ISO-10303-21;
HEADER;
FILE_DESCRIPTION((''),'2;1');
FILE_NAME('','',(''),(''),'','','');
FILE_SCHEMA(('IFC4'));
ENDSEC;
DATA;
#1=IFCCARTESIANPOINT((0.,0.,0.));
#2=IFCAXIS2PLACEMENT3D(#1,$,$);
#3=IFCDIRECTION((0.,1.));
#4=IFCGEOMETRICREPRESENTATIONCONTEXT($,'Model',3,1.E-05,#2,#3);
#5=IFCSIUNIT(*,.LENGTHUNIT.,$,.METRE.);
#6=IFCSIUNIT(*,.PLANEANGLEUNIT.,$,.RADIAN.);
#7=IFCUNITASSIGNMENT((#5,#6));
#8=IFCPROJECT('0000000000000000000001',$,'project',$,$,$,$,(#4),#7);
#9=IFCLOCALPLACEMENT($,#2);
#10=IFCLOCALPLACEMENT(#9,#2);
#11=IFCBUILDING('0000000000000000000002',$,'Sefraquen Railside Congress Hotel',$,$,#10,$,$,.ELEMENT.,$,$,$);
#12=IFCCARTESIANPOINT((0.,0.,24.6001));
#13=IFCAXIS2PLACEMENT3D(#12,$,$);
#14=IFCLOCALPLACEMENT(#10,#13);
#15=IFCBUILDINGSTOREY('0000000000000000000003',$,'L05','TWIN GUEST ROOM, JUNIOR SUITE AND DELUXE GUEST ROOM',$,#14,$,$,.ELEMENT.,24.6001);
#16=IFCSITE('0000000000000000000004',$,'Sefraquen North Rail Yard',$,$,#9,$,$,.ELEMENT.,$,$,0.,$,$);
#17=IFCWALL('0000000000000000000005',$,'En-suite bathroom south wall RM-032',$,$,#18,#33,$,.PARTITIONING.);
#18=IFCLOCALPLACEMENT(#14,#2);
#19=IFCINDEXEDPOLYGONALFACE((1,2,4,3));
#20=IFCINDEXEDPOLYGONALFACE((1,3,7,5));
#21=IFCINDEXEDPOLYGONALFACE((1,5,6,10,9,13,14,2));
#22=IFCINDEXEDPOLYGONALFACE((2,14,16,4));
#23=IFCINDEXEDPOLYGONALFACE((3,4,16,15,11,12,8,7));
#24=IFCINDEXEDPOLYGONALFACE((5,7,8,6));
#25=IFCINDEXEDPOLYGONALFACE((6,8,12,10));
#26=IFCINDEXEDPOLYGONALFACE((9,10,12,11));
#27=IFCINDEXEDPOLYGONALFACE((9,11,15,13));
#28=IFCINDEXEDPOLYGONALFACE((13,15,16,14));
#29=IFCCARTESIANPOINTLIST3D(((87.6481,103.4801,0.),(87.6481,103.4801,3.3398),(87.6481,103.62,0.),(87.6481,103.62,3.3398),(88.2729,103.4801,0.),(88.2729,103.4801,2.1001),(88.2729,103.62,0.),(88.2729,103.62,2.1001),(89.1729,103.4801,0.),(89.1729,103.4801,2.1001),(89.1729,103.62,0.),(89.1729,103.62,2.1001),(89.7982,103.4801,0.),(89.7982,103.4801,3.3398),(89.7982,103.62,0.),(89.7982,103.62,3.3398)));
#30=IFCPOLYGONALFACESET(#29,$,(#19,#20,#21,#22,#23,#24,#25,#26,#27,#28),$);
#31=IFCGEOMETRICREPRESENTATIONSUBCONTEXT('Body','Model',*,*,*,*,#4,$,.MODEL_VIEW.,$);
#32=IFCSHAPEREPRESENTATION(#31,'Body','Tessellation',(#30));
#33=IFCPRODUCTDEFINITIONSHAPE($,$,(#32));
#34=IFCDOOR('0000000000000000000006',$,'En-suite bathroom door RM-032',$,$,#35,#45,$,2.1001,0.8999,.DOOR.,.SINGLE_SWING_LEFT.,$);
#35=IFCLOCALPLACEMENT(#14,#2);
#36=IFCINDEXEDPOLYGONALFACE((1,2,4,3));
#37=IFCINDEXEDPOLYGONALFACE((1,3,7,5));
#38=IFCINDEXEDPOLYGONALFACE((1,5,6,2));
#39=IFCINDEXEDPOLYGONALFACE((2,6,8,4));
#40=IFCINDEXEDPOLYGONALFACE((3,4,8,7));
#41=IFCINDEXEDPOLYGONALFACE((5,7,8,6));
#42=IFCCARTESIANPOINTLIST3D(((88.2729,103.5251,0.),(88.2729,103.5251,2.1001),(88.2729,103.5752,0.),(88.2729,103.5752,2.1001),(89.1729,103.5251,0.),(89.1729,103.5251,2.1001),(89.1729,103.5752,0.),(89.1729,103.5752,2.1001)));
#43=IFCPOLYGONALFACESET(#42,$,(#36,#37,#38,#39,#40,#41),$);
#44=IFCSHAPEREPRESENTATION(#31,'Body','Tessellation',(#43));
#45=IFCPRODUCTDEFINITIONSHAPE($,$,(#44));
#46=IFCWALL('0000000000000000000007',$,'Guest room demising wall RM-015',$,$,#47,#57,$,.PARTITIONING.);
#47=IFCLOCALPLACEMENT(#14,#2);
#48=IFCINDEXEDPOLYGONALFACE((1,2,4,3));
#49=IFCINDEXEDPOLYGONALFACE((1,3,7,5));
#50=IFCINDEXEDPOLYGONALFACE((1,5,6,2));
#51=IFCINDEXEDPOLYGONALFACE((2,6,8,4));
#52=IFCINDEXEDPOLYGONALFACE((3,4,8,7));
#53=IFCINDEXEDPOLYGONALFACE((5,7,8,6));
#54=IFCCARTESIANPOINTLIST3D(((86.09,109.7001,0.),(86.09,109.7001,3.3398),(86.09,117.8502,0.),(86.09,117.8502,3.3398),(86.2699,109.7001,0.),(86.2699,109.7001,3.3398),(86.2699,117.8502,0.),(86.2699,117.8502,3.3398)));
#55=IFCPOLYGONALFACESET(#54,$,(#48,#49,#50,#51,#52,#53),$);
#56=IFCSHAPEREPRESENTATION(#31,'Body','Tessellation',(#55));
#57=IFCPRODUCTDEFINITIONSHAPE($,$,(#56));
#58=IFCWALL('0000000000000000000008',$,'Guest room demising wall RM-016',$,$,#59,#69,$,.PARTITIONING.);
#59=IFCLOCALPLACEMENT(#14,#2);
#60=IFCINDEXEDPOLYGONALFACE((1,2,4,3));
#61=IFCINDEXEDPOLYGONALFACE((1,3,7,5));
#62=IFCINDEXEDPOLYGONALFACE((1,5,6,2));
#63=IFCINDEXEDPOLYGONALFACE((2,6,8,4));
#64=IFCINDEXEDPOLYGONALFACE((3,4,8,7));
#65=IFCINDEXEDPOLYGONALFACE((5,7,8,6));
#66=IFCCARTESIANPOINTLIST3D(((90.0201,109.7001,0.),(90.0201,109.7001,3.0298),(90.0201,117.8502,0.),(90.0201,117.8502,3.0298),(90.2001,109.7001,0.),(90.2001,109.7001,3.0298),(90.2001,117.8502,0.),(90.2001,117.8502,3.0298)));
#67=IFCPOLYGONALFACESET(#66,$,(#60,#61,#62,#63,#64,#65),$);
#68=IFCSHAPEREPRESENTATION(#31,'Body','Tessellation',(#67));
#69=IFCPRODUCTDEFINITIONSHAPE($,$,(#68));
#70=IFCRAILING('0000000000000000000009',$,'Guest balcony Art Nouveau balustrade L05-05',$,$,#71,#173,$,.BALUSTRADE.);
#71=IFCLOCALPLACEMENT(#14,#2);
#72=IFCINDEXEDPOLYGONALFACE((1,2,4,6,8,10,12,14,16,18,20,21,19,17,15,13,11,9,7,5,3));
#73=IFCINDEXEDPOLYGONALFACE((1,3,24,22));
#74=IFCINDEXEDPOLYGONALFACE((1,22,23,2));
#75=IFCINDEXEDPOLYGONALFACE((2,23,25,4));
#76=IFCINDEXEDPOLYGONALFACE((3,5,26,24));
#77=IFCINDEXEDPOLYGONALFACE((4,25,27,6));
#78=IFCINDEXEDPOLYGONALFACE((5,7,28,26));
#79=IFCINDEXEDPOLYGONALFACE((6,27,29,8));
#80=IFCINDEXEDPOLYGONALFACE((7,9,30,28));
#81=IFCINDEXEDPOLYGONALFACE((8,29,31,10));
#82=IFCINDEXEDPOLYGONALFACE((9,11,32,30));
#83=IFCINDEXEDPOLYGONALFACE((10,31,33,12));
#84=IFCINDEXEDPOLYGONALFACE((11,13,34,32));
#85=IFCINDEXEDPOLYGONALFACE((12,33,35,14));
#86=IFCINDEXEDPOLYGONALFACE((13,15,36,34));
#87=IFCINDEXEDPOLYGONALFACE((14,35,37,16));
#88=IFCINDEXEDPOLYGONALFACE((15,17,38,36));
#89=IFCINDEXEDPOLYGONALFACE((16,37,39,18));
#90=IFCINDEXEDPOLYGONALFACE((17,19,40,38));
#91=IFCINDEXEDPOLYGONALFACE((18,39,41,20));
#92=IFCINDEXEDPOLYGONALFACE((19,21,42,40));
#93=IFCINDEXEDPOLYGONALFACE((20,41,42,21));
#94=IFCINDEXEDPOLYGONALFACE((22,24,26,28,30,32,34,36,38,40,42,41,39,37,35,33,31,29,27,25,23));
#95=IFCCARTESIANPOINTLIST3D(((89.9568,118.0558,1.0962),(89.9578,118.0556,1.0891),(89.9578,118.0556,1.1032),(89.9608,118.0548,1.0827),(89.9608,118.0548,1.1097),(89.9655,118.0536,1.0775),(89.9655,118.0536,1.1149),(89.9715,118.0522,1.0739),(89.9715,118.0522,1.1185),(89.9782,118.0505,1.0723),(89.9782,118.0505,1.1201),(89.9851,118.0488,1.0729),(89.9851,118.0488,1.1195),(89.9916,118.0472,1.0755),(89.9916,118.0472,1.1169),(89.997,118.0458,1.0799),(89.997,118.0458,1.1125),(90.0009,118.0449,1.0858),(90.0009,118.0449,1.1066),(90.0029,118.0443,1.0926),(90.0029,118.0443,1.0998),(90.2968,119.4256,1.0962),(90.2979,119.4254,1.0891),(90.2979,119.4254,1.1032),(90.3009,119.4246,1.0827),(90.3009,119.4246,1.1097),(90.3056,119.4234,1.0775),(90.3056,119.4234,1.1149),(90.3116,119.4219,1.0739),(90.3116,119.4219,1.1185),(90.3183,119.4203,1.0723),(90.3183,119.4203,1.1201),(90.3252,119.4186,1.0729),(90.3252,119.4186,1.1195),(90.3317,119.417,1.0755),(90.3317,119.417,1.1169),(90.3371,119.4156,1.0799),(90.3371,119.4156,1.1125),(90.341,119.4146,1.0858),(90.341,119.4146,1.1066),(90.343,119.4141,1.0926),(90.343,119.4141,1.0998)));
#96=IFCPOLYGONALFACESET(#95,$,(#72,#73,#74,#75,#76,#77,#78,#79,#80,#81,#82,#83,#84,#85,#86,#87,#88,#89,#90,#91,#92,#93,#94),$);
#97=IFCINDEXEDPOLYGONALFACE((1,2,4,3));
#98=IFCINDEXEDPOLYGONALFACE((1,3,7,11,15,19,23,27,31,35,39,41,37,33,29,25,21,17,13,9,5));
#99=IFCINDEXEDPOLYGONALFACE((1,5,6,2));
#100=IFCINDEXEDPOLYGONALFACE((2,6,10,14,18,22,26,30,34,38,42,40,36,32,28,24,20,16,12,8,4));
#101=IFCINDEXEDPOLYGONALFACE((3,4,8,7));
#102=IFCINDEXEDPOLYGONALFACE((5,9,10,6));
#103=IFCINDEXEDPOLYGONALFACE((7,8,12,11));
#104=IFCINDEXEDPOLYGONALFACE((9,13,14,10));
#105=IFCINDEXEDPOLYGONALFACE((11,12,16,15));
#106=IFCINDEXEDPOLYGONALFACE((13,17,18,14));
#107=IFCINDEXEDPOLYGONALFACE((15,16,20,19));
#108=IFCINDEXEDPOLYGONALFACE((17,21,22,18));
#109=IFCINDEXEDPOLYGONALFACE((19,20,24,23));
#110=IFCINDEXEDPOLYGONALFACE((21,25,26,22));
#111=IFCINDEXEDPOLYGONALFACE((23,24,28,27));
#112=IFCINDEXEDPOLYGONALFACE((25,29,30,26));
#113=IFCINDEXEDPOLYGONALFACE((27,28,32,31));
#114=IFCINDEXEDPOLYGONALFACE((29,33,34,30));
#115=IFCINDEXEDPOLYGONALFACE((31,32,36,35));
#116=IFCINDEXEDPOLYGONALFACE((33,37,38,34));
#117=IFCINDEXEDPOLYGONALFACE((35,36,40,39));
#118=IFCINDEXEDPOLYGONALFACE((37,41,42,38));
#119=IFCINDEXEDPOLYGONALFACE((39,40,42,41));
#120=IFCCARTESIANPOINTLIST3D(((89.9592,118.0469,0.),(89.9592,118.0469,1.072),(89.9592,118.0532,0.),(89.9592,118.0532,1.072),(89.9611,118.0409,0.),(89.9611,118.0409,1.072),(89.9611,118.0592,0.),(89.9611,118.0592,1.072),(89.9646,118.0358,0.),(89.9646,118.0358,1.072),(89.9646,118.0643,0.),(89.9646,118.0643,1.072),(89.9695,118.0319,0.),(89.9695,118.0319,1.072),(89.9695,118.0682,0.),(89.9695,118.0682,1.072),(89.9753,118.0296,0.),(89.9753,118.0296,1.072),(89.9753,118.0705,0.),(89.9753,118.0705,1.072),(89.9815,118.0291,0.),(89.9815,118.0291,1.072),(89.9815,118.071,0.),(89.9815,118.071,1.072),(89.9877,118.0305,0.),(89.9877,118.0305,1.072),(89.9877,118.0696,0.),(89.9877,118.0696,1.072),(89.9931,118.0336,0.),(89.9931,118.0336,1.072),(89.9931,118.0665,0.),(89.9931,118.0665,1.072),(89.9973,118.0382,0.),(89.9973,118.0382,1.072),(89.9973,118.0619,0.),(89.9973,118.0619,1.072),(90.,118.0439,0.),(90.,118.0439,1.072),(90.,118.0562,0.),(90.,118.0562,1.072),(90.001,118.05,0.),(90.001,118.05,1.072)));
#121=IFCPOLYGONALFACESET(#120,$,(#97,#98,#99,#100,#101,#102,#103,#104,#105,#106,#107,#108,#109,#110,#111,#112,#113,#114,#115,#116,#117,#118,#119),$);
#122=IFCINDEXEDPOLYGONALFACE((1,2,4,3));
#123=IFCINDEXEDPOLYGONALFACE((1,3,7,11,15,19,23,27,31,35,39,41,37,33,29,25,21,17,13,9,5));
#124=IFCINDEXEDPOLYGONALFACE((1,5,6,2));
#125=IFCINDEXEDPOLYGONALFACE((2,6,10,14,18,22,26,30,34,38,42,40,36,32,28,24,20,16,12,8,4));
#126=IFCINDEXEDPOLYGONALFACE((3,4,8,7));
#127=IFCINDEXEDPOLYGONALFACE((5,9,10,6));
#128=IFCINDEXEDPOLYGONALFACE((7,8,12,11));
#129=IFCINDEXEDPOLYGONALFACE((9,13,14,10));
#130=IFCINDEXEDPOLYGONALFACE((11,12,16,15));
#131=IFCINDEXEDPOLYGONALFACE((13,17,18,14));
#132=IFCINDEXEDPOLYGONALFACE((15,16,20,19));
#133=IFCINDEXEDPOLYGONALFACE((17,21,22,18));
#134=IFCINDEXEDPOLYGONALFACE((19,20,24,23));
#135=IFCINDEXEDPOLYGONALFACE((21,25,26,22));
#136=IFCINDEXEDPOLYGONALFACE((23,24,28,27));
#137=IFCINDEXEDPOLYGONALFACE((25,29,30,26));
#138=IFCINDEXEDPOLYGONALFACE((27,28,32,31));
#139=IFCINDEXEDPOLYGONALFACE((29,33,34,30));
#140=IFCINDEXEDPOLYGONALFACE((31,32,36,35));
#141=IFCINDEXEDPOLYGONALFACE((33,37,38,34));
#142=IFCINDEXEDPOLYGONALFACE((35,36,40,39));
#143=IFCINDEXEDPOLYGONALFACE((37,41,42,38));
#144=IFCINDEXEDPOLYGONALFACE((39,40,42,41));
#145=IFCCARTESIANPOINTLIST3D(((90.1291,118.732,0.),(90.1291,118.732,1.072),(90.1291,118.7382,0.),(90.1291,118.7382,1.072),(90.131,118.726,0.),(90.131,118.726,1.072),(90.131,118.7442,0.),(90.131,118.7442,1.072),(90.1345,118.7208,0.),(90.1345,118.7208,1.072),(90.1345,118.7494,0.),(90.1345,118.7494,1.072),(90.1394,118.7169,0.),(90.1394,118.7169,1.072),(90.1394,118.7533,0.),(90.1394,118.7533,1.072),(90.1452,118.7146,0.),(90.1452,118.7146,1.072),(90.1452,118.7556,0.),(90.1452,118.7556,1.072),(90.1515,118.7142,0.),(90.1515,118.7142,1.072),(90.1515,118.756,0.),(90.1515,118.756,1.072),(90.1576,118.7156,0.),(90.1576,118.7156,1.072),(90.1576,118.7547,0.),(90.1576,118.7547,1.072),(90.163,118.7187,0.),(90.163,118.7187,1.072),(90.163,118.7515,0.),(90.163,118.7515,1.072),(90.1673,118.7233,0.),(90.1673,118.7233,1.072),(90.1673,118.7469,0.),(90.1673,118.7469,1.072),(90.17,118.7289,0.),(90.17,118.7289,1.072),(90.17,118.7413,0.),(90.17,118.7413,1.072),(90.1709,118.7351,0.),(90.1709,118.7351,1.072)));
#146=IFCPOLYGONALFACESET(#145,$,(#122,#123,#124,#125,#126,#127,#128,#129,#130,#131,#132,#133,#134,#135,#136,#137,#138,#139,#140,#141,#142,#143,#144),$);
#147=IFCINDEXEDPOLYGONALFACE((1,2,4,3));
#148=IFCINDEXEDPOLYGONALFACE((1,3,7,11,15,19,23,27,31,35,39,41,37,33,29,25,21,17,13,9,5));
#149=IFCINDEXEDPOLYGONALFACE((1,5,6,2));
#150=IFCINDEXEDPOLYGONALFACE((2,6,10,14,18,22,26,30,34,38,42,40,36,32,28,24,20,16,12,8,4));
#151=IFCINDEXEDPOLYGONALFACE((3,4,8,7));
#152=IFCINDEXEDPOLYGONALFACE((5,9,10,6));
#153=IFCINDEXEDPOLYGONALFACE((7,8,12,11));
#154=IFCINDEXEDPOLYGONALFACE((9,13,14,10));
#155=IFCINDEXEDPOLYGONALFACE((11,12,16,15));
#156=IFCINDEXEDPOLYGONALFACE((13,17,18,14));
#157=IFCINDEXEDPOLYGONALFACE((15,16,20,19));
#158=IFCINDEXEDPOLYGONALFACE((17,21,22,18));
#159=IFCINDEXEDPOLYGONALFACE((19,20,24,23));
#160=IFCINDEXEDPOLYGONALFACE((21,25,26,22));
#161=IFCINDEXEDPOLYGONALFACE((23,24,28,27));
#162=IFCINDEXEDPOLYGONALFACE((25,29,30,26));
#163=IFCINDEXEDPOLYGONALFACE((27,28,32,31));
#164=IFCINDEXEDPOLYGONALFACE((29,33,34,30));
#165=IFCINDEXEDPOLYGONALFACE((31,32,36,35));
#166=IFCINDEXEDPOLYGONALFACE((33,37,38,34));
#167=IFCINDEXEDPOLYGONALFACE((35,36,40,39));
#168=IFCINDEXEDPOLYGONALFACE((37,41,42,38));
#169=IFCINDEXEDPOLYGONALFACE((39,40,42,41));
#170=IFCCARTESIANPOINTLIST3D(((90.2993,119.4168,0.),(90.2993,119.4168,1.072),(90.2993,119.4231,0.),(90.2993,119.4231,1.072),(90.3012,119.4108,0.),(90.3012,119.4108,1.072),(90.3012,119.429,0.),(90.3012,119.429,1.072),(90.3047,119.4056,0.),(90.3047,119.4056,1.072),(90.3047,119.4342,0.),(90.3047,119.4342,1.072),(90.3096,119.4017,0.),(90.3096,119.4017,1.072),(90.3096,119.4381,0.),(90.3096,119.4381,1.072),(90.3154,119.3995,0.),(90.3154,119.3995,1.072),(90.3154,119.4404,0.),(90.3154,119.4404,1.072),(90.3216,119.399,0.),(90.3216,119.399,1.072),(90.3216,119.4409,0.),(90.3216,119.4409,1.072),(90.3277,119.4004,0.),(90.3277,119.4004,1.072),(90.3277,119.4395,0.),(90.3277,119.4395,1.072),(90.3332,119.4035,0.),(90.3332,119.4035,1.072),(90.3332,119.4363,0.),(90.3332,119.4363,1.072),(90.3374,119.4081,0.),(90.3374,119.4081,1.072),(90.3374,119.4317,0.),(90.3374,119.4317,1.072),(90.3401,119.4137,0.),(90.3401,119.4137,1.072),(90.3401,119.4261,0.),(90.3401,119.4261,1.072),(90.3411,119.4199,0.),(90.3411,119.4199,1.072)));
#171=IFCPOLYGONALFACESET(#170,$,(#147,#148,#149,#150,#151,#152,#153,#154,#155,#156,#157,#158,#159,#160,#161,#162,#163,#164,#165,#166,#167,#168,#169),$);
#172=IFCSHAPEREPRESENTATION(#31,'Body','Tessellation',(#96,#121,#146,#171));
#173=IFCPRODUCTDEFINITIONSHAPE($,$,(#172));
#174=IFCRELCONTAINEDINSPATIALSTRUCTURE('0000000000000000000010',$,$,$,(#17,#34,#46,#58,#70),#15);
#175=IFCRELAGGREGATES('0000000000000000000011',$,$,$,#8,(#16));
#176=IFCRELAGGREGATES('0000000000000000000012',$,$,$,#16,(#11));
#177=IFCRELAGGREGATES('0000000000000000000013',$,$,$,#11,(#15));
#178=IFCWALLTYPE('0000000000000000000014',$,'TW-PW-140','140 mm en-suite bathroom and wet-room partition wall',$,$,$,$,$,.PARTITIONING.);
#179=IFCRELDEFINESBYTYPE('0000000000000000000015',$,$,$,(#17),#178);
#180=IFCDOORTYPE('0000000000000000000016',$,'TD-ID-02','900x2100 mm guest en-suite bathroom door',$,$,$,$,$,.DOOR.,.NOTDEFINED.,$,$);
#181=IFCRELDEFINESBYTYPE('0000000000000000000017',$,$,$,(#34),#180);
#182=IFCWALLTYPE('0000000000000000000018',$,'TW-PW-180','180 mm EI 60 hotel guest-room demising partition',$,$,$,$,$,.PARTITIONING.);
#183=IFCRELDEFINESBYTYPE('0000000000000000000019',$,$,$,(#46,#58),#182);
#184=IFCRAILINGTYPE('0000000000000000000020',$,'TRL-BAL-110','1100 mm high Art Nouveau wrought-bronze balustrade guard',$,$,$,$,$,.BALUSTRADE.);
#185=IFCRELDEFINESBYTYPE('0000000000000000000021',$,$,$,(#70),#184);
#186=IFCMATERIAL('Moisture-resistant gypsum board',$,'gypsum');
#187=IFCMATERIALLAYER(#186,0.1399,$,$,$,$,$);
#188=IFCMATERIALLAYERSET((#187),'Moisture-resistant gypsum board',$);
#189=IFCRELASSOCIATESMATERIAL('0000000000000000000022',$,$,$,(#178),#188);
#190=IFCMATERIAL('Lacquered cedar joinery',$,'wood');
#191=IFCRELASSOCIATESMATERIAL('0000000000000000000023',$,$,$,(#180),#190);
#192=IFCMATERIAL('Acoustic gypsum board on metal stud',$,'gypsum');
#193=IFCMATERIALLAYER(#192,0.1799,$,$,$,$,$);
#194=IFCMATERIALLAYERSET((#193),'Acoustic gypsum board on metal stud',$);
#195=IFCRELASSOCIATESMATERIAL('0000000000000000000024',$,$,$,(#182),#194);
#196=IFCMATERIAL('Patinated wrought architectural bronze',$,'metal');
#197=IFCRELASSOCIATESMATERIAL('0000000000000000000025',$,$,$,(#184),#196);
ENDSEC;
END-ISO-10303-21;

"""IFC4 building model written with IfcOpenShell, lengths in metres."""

from ifc_helpers import new_model, si_unit, direction, frame, frame_2d, origin, origin_2d, place, context, subcontext, project, spatial, rectangle, circle, extrude, material, layer, layer_set, type_object, element, fill, save


model = new_model("IFC4")

# Units and contexts
model_context = context("Model", 3, precision=1e-05, world=origin(), true_north=direction((0.0, 1.0)))
body_context = subcontext(model_context, "Body", "Model", "MODEL_VIEW")
ifc_project = project(units=[si_unit("LENGTHUNIT", "METRE"), si_unit("PLANEANGLEUNIT", "RADIAN")], contexts=[model_context])

# Site, building, storey
site_placement = place(None, origin())
site = spatial("IfcSite", under=ifc_project, at=site_placement, Name="Sefraquen North Rail Yard", CompositionType="ELEMENT", RefElevation=0.0)
building_placement = place(site_placement, origin())
building = spatial("IfcBuilding", under=site, at=building_placement, Name="Sefraquen Railside Congress Hotel", CompositionType="ELEMENT")
storey_placement = place(building_placement, frame((0.0, 0.0, 24.6001)))
storey = spatial("IfcBuildingStorey", under=building, at=storey_placement, Name="L05", Description="TWIN GUEST ROOM, JUNIOR SUITE AND DELUXE GUEST ROOM", CompositionType="ELEMENT", Elevation=24.6001)

# Shared definitions
ifc_material_1 = material(Name="Moisture-resistant gypsum board", Category="gypsum")
ifc_layer_1 = layer(ifc_material_1, 0.1399)
ifc_layer_set_1 = layer_set([ifc_layer_1], Name="Moisture-resistant gypsum board")
wall_type_1 = type_object("IfcWallType", Name="TW-PW-140", Description="140 mm en-suite bathroom and wet-room partition wall", PredefinedType="PARTITIONING", material=ifc_layer_set_1)

# Shared definitions
ifc_material_2 = material(Name="Lacquered cedar joinery", Category="wood")
door_type = type_object("IfcDoorType", Name="TD-ID-02", Description="900x2100 mm guest en-suite bathroom door", OperationType="NOTDEFINED", PredefinedType="DOOR", material=ifc_material_2)

# Wall, opening, door
wall_1_placement = place(storey_placement, frame((87.6479, 103.55, 0.0), z_axis=(0.0, 0.0, 1.0), x_axis=(1.0, 0.0, 0.0)))
wall_1 = element("IfcWall", 1, at=wall_1_placement, inside=storey, type_object=wall_type_1, Name="En-suite bathroom south wall RM-032", PredefinedType="PARTITIONING", context=body_context, shape_type="SweptSolid", body=[
    extrude(rectangle(XDim=2.1501, YDim=0.1399, at=frame_2d((1.0752, 0.0))), origin(), (0.0, 0.0, 1.0), 3.3398),
])
opening_1_placement = place(wall_1_placement, frame((0.625, 0.0, 0.0)))
opening_1 = element("IfcOpeningElement", 2, at=opening_1_placement, cuts=wall_1, PredefinedType="OPENING", context=body_context, shape_type="SweptSolid", body=[
    extrude(rectangle(XDim=0.8999, YDim=2.1001, at=frame_2d((0.45, 1.05))), frame((0.0, 0.0798, 0.0), z_axis=(0.0, -1.0, 0.0), x_axis=(1.0, 0.0, 0.0)), (0.0, 0.0, 1.0), 0.1599),
])
door_1_placement = place(opening_1_placement, frame((0.8999, 0.0, 0.0), z_axis=(0.0, 0.0, 1.0), x_axis=(-1.0, 0.0, 0.0)))
door_1 = element("IfcDoor", 3, at=door_1_placement, inside=storey, type_object=door_type, Name="En-suite bathroom door RM-032", OperationType="SINGLE_SWING_LEFT", OverallHeight=2.1001, OverallWidth=0.8999, PredefinedType="DOOR", context=body_context, shape_type="SweptSolid", body=[
    extrude(rectangle(XDim=0.8999, YDim=2.1001, at=frame_2d((0.45, 1.05))), frame((0.0, 0.0249, 0.0), z_axis=(0.0, -1.0, 0.0), x_axis=(1.0, 0.0, 0.0)), (0.0, 0.0, 1.0), 0.05),
])
fill(opening_1, door_1)

# Walls
ifc_material_3 = material(Name="Acoustic gypsum board on metal stud", Category="gypsum")
ifc_layer_2 = layer(ifc_material_3, 0.1799)
ifc_layer_set_2 = layer_set([ifc_layer_2], Name="Acoustic gypsum board on metal stud")
wall_type_2 = type_object("IfcWallType", Name="TW-PW-180", Description="180 mm EI 60 hotel guest-room demising partition", PredefinedType="PARTITIONING", material=ifc_layer_set_2)
wall_2_placement = place(storey_placement, frame((86.1799, 109.7, 0.0), z_axis=(0.0, 0.0, 1.0), x_axis=(0.0, 1.0, 0.0)))
element("IfcWall", 4, at=wall_2_placement, inside=storey, type_object=wall_type_2, Name="Guest room demising wall RM-015", PredefinedType="PARTITIONING", context=body_context, shape_type="SweptSolid", body=[
    extrude(rectangle(XDim=8.1501, YDim=0.1799, at=frame_2d((4.0752, 0.0))), origin(), (0.0, 0.0, 1.0), 3.3398),
])
wall_3_placement = place(storey_placement, frame((90.1101, 109.7, 0.0), z_axis=(0.0, 0.0, 1.0), x_axis=(0.0, 1.0, 0.0)))
element("IfcWall", 5, at=wall_3_placement, inside=storey, type_object=wall_type_2, Name="Guest room demising wall RM-016", PredefinedType="PARTITIONING", context=body_context, shape_type="SweptSolid", body=[
    extrude(rectangle(XDim=8.1501, YDim=0.1799, at=frame_2d((4.0752, 0.0))), origin(), (0.0, 0.0, 1.0), 3.0298),
])

# Railing
ifc_material_4 = material(Name="Patinated wrought architectural bronze", Category="metal")
railing_type = type_object("IfcRailingType", Name="TRL-BAL-110", Description="1100 mm high Art Nouveau wrought-bronze balustrade guard", PredefinedType="BALUSTRADE", material=ifc_material_4)
railing_1_placement = place(storey_placement, frame((89.98, 118.05, 0.0)))
element("IfcRailing", 6, at=railing_1_placement, inside=storey, type_object=railing_type, Name="Guest balcony Art Nouveau balustrade L05-05", PredefinedType="BALUSTRADE", context=body_context, shape_type="SweptSolid", body=[
    extrude(circle(Radius=0.0239, at=origin_2d()), frame((0.0, 0.0, 1.0962), z_axis=(0.240948, 0.970538, 0.0), x_axis=(-0.970538, 0.240948, 0.0)), (0.0, 0.0, 1.0), 1.4114),
    extrude(circle(Radius=0.021, at=origin_2d()), origin(), (0.0, 0.0, 1.0), 1.072),
    extrude(circle(Radius=0.021, at=origin_2d()), frame((0.1699, 0.6851, 0.0)), (0.0, 0.0, 1.0), 1.072),
    extrude(circle(Radius=0.021, at=origin_2d()), frame((0.3401, 1.3699, 0.0)), (0.0, 0.0, 1.0), 1.072),
])

save(model, "model.ifc")
